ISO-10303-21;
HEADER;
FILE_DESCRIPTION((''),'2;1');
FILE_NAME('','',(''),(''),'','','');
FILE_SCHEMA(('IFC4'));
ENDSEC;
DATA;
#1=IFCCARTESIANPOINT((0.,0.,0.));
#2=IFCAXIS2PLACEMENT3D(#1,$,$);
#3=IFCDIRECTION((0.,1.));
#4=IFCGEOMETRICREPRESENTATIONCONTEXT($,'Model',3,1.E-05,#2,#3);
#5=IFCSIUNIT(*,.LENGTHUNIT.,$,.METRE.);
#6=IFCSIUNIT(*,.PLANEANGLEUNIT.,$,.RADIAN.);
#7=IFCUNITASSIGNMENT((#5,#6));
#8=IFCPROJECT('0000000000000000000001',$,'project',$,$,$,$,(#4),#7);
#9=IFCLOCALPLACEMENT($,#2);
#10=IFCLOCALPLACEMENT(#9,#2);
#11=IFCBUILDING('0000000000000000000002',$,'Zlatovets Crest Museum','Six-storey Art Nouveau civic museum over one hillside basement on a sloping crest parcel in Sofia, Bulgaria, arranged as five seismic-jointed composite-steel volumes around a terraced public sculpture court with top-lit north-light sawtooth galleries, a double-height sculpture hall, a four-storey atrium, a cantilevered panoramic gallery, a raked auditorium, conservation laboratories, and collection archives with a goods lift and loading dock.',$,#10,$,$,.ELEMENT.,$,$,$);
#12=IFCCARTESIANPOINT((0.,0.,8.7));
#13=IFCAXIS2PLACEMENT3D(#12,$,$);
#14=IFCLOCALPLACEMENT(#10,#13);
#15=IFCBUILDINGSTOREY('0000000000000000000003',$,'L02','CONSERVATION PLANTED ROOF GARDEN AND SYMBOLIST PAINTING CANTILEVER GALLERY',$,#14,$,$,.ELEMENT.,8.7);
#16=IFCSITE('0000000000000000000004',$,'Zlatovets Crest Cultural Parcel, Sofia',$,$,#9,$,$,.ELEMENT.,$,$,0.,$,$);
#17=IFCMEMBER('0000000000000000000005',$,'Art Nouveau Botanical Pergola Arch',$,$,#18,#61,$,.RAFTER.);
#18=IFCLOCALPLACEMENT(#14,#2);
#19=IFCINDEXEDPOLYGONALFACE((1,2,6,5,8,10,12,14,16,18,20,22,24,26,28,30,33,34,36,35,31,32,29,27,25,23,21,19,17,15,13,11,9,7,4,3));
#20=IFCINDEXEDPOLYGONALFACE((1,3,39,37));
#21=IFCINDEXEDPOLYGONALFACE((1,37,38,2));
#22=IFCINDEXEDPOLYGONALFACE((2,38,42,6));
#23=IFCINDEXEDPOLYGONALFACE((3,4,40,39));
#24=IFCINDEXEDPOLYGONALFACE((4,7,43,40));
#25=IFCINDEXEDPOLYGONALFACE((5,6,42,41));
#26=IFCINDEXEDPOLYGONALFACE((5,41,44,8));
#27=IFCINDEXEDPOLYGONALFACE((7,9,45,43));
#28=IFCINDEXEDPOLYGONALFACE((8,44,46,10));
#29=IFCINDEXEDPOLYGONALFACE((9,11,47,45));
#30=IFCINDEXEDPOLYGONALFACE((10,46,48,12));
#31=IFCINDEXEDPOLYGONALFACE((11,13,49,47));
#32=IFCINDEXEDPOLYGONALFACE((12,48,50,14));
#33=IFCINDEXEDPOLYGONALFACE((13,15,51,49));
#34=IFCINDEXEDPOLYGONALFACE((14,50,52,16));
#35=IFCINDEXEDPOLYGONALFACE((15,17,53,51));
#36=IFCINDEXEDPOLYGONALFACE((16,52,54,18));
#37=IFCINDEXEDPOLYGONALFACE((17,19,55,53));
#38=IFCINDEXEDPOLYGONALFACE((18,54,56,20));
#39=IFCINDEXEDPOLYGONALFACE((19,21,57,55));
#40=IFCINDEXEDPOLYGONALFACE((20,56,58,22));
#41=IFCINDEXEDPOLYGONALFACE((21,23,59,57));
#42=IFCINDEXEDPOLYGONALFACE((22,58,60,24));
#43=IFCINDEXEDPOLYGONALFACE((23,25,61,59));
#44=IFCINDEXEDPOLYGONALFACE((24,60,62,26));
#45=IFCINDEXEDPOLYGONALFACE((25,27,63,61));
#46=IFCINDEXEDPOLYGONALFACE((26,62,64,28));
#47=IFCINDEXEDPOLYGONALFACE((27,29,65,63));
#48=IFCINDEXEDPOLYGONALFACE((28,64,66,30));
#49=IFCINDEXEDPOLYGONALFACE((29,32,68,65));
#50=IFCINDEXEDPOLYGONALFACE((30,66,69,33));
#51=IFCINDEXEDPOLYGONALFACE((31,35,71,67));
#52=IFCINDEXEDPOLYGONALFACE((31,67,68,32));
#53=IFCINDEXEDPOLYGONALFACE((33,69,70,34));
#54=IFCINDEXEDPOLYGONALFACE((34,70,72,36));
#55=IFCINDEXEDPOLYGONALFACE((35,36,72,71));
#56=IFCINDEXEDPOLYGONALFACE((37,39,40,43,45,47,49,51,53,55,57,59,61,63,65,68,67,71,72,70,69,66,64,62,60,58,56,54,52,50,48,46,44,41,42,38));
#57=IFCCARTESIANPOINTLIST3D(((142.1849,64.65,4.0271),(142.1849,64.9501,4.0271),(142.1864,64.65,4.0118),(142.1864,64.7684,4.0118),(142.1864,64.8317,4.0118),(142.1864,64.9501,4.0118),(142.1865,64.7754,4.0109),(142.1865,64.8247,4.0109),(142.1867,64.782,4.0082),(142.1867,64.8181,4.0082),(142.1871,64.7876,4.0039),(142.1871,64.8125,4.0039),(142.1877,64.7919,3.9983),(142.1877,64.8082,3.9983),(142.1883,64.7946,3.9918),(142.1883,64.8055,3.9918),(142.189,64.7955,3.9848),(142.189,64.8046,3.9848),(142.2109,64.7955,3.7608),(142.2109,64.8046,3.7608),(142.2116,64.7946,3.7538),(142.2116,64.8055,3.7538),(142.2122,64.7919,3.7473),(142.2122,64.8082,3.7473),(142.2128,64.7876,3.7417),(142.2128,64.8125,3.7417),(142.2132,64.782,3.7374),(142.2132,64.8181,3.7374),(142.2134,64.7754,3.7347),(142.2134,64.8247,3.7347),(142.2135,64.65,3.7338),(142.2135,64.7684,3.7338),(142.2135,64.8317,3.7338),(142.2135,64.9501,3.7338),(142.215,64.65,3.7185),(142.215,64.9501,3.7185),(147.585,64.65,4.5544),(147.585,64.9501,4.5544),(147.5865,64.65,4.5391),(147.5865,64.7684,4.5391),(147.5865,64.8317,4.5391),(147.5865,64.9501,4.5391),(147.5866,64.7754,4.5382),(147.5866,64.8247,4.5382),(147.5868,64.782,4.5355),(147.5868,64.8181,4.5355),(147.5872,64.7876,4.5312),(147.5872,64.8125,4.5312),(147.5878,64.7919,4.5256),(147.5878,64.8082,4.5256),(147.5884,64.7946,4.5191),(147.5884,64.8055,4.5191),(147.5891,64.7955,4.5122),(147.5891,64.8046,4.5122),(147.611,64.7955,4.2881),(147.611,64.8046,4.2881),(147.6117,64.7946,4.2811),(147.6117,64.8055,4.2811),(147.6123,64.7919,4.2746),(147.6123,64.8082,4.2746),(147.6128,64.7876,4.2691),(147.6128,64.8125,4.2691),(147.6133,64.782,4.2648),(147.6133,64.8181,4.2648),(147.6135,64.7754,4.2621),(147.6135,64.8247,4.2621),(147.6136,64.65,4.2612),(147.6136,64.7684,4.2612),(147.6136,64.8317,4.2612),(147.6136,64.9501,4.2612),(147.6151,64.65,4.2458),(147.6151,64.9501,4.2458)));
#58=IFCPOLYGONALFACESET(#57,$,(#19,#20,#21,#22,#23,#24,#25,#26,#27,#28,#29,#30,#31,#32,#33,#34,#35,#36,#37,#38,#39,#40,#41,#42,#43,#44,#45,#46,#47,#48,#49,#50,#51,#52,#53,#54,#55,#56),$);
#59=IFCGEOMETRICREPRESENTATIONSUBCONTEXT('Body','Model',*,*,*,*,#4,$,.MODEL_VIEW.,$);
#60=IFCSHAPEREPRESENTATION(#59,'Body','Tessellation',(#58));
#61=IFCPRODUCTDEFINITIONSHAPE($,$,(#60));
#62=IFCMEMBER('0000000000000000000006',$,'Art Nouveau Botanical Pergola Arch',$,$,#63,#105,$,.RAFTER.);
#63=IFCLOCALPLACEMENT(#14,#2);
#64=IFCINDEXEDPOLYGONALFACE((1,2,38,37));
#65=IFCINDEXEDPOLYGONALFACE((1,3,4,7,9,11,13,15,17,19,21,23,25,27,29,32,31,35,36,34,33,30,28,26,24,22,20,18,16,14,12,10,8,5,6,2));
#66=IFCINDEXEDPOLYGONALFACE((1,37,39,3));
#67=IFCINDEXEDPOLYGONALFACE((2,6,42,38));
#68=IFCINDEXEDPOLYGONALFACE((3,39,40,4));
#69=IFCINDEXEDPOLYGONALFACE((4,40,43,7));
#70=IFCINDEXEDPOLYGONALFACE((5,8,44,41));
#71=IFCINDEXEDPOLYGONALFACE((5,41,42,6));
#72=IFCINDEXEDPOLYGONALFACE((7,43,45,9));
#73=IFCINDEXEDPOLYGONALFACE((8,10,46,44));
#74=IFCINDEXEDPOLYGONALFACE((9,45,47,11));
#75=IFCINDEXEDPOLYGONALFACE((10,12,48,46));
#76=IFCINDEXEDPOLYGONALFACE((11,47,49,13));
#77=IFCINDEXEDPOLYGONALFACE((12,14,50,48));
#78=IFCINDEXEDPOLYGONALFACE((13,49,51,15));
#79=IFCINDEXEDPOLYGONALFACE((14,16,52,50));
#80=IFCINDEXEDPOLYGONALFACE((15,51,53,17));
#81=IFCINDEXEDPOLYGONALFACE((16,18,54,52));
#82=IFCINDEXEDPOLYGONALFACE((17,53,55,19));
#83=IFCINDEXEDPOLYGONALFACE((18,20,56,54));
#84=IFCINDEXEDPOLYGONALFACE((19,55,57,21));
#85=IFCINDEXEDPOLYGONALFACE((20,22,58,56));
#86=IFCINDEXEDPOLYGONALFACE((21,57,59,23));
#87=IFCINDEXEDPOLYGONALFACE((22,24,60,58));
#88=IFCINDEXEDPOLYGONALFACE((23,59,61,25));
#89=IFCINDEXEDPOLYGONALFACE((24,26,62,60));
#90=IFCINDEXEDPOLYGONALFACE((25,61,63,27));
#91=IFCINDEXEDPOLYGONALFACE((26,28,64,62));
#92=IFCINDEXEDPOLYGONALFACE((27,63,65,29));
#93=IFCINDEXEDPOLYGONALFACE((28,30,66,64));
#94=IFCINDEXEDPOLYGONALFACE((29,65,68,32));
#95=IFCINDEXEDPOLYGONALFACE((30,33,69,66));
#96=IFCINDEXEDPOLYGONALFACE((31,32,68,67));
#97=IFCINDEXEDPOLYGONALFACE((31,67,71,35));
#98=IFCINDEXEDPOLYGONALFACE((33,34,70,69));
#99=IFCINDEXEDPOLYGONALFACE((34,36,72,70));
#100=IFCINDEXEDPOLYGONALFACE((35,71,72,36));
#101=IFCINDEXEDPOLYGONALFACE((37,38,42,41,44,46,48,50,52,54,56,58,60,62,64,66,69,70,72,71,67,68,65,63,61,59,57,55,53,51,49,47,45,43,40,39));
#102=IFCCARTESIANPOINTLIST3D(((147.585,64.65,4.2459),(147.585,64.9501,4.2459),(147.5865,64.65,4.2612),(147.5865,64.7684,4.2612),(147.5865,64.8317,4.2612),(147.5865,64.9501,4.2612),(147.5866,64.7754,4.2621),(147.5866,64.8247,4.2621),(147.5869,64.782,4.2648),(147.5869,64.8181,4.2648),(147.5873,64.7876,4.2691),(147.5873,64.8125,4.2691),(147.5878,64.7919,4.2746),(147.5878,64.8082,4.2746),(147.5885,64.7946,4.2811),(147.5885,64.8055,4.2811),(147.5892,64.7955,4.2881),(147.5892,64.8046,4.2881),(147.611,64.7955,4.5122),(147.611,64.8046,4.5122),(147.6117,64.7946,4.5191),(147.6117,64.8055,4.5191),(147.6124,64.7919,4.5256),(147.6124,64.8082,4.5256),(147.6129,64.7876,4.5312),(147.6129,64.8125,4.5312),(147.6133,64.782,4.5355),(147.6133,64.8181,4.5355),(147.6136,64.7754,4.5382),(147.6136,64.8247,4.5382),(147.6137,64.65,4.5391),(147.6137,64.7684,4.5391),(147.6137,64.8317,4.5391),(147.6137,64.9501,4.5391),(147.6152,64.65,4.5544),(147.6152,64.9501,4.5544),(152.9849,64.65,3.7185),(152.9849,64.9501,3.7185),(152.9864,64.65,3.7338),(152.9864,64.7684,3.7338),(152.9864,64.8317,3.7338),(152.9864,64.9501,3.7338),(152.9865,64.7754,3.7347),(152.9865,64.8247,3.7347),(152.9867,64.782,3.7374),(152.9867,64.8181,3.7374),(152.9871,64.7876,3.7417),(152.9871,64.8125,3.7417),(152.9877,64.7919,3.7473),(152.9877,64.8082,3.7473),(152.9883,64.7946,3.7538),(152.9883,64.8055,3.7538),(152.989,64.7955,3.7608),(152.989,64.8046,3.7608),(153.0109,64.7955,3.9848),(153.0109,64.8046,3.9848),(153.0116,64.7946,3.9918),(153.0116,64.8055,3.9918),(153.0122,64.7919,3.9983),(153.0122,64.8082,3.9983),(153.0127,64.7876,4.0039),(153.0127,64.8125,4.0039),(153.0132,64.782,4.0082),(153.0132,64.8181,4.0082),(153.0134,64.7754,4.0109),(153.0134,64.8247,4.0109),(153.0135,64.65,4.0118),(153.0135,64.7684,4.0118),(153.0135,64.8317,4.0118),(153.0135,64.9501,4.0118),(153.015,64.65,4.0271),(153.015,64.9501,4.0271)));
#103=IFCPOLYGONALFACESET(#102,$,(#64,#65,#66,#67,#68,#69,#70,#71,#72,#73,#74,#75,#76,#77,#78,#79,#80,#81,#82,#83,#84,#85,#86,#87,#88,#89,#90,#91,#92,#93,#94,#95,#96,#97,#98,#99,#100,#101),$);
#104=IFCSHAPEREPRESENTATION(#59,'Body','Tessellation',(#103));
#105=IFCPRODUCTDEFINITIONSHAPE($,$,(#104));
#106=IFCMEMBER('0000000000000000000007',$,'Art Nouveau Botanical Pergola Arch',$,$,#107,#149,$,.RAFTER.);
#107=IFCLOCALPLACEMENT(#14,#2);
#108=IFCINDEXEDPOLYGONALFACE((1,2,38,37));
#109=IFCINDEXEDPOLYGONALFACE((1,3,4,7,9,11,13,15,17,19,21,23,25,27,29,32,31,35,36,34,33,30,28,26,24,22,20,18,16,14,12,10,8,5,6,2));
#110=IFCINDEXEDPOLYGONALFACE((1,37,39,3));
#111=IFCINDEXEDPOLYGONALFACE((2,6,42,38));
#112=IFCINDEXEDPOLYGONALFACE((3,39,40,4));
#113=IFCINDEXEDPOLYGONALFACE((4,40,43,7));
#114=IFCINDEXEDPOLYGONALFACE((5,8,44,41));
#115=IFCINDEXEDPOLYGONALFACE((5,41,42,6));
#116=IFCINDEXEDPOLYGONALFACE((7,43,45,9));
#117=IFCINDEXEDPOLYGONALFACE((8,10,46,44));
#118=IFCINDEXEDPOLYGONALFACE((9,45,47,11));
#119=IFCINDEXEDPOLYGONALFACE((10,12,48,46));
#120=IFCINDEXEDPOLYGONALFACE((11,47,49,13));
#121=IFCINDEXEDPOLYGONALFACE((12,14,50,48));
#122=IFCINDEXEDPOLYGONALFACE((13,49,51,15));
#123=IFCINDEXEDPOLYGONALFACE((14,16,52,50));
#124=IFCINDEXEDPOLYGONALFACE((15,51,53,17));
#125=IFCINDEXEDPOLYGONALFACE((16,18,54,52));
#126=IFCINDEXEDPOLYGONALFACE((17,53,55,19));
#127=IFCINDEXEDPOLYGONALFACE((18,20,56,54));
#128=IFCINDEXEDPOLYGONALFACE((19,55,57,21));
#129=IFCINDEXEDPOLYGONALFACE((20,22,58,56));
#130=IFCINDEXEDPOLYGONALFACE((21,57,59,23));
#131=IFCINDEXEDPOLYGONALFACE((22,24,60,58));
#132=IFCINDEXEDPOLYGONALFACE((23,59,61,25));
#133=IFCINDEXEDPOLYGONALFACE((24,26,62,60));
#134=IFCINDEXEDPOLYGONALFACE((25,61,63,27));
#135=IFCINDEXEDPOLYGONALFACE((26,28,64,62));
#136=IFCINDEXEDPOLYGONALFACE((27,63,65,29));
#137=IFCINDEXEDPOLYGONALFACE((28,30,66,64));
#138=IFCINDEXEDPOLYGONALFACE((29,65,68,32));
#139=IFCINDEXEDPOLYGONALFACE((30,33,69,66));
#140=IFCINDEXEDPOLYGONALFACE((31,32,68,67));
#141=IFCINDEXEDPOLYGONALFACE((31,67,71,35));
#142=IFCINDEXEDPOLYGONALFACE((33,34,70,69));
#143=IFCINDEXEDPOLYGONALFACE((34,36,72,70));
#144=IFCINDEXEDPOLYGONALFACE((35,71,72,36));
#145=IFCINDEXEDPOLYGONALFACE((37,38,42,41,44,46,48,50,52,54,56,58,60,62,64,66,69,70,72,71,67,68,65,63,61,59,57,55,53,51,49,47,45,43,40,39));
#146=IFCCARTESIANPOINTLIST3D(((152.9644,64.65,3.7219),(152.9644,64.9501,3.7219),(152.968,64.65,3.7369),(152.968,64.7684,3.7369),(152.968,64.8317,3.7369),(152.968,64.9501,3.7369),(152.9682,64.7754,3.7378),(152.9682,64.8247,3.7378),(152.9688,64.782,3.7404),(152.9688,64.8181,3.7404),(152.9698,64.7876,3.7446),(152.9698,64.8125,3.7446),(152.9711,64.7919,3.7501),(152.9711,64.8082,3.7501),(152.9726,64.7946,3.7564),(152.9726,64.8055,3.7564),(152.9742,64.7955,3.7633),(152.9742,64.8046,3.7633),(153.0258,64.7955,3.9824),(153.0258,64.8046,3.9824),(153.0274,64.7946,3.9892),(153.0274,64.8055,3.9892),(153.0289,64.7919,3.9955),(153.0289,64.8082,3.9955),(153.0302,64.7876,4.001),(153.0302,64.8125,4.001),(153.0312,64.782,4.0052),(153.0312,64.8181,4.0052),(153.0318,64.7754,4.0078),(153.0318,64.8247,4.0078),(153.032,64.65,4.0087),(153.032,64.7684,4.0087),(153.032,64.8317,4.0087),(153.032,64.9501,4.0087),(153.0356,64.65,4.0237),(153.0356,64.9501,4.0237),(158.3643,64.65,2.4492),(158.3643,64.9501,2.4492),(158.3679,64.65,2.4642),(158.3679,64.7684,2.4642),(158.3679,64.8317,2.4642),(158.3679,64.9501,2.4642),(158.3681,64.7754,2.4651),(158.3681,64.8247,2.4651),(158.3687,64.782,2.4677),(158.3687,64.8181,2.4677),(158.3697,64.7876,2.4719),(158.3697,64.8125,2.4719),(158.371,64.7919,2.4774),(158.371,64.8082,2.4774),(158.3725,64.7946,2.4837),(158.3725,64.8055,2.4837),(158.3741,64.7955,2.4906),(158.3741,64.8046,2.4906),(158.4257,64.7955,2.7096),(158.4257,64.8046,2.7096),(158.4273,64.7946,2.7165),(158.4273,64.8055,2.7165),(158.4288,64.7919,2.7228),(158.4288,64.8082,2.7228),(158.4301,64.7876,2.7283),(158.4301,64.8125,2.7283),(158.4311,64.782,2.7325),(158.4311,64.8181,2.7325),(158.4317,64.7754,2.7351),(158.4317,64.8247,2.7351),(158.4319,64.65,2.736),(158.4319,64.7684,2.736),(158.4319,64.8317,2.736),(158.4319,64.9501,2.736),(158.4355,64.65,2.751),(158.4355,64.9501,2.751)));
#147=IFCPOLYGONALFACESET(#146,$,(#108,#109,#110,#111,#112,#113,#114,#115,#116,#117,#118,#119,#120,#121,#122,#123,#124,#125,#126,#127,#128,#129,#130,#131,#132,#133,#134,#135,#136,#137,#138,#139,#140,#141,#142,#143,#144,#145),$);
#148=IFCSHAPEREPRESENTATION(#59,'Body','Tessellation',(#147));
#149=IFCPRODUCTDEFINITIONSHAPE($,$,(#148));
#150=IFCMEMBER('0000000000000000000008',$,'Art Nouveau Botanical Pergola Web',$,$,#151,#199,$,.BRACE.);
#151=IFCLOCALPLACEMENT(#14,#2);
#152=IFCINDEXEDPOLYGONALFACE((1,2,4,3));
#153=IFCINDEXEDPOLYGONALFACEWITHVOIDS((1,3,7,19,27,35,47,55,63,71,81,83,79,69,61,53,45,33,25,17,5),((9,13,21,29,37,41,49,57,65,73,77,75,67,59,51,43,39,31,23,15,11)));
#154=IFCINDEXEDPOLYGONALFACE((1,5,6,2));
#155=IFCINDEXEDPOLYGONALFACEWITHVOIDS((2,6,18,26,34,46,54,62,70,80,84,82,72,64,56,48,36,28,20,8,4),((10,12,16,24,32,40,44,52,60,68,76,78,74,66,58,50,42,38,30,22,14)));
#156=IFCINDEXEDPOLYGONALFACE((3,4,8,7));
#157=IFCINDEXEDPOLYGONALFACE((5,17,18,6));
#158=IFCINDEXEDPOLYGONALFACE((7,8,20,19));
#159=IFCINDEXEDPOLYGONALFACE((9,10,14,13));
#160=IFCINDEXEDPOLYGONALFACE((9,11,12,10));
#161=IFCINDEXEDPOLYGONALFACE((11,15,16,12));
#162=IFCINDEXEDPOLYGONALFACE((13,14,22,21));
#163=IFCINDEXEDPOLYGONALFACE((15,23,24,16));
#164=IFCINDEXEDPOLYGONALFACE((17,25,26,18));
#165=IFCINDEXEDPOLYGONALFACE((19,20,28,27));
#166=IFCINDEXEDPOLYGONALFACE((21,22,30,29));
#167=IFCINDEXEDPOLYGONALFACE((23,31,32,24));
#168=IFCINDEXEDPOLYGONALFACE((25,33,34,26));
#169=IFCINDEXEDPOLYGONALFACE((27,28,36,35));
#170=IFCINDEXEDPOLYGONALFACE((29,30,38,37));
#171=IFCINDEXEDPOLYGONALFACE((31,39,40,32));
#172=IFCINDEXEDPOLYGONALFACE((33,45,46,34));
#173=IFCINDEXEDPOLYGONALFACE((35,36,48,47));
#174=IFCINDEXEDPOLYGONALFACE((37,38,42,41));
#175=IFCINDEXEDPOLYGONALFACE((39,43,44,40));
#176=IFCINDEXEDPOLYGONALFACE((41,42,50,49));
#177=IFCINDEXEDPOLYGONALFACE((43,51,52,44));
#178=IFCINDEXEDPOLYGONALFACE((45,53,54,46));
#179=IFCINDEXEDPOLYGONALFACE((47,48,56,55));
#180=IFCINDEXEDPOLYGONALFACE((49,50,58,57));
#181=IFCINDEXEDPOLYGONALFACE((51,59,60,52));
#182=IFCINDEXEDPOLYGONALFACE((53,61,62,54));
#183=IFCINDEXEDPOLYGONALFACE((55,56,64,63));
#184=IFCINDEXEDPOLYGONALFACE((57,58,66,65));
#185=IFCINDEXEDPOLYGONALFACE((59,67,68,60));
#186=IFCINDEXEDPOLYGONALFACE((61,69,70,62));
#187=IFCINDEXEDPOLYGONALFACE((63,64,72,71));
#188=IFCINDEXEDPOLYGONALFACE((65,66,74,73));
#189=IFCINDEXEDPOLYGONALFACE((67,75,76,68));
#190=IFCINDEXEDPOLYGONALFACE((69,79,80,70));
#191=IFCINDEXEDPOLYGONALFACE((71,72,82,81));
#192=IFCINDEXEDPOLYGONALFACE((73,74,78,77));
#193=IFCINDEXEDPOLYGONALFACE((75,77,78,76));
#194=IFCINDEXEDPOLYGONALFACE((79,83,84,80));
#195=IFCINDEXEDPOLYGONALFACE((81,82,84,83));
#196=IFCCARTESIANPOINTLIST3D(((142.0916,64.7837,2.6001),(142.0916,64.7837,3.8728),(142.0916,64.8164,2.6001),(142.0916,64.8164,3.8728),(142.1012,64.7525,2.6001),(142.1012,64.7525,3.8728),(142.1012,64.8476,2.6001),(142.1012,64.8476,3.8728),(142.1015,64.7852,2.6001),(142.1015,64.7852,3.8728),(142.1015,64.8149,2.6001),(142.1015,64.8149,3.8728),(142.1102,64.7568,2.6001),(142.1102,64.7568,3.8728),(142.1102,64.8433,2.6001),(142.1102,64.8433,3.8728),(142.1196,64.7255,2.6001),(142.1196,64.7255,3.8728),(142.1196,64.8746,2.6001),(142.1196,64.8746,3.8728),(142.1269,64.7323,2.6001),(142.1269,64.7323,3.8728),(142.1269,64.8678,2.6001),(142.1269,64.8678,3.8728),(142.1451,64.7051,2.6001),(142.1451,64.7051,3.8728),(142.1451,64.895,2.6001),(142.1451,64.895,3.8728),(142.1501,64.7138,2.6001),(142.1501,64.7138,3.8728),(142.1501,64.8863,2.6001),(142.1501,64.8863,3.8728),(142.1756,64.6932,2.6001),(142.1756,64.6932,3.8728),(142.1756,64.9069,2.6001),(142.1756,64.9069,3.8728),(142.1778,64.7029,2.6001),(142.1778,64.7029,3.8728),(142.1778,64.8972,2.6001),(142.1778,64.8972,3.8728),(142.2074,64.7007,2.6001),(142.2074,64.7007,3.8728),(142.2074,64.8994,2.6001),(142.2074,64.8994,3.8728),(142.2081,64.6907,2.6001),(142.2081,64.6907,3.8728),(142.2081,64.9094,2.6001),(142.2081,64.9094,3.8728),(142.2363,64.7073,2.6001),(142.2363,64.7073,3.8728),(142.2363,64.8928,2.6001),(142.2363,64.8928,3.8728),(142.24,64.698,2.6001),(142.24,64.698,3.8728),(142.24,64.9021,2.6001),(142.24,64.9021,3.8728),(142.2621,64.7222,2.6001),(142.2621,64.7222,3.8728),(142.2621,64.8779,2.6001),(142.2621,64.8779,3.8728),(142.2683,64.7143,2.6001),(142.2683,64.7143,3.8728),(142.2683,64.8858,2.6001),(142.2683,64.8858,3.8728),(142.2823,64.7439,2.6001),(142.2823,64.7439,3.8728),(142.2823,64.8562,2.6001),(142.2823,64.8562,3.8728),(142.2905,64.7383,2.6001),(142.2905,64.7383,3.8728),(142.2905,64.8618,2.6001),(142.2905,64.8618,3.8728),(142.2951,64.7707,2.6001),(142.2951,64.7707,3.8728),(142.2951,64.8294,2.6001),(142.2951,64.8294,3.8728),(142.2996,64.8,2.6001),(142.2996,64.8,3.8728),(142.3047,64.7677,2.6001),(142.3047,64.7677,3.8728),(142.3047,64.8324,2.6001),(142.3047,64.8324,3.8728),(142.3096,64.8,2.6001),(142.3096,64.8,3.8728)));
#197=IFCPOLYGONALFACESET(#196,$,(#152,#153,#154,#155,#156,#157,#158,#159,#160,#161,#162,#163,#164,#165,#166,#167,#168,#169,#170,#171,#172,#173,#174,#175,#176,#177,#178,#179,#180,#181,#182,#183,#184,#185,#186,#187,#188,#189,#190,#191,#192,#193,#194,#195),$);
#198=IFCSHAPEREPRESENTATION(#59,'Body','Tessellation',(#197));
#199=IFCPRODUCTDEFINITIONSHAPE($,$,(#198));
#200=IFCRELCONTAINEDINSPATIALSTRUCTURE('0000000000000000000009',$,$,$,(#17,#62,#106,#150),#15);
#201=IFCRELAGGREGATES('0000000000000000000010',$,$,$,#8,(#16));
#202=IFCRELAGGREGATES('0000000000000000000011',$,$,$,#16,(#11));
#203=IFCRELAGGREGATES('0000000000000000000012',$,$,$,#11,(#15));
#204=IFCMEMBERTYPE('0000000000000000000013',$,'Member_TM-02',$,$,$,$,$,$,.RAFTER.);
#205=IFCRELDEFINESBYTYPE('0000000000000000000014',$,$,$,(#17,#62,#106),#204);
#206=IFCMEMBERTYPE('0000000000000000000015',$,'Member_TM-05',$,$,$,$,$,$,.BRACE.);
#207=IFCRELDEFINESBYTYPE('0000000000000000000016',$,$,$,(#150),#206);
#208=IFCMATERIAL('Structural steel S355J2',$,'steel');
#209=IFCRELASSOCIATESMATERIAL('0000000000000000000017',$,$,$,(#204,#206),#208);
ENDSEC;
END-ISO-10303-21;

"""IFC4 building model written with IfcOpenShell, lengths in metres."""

from ifc_helpers import new_model, si_unit, direction, frame, origin, origin_2d, place, context, subcontext, project, spatial, hollow_circle, i_section, extrude, material, material_profile, profile_set, type_object, element, save


model = new_model("IFC4")

# Units and contexts
model_context = context("Model", 3, precision=1e-05, world=origin(), true_north=direction((0.0, 1.0)))
body_context = subcontext(model_context, "Body", "Model", "MODEL_VIEW")
ifc_project = project(units=[si_unit("LENGTHUNIT", "METRE"), si_unit("PLANEANGLEUNIT", "RADIAN")], contexts=[model_context])

# Site, building, storey
site_placement = place(None, origin())
site = spatial("IfcSite", under=ifc_project, at=site_placement, Name="Zlatovets Crest Cultural Parcel, Sofia", CompositionType="ELEMENT", RefElevation=0.0)
building_placement = place(site_placement, origin())
building = spatial("IfcBuilding", under=site, at=building_placement, Name="Zlatovets Crest Museum", Description="Six-storey Art Nouveau civic museum over one hillside basement on a sloping crest parcel in Sofia, Bulgaria, arranged as five seismic-jointed composite-steel volumes around a terraced public sculpture court with top-lit north-light sawtooth galleries, a double-height sculpture hall, a four-storey atrium, a cantilevered panoramic gallery, a raked auditorium, conservation laboratories, and collection archives with a goods lift and loading dock.", CompositionType="ELEMENT")
storey_placement = place(building_placement, frame((0.0, 0.0, 8.7)))
storey = spatial("IfcBuildingStorey", under=building, at=storey_placement, Name="L02", Description="CONSERVATION PLANTED ROOF GARDEN AND SYMBOLIST PAINTING CANTILEVER GALLERY", CompositionType="ELEMENT", Elevation=8.7)

# Shared definitions
ifc_material_1 = material(Name="Structural steel S355J2", Category="steel")

# Members
ifc_material_profile_1 = material_profile(ifc_material_1, i_section(OverallWidth=0.3, OverallDepth=0.3101, WebThickness=0.009, FlangeThickness=0.0154, FilletRadius=0.0271, at=origin_2d()), Name="HEA 320")
ifc_profile_set_1 = profile_set([ifc_material_profile_1], Name="Structural steel S355J2")
member_type_1 = type_object("IfcMemberType", Name="Member_TM-02", PredefinedType="RAFTER", material=ifc_profile_set_1)
member_1_placement = place(storey_placement, frame((142.2, 64.8, 3.8728), z_axis=(0.995266, 0.0, 0.097191), x_axis=(0.0, 1.0, 0.0)))
element("IfcMember", 1, at=member_1_placement, inside=storey, type_object=member_type_1, Name="Art Nouveau Botanical Pergola Arch", PredefinedType="RAFTER", context=body_context, shape_type="SweptSolid", body=[
    extrude(i_section(OverallWidth=0.3, OverallDepth=0.3101, WebThickness=0.009, FlangeThickness=0.0154, FilletRadius=0.0271, at=origin_2d()), origin(), (0.0, 0.0, 1.0), 5.4258),
])
member_2_placement = place(storey_placement, frame((147.6001, 64.8, 4.4001), z_axis=(0.995265, 0.0, -0.097196), x_axis=(0.0, 1.0, 0.0)))
element("IfcMember", 2, at=member_2_placement, inside=storey, type_object=member_type_1, Name="Art Nouveau Botanical Pergola Arch", PredefinedType="RAFTER", context=body_context, shape_type="SweptSolid", body=[
    extrude(i_section(OverallWidth=0.3, OverallDepth=0.3101, WebThickness=0.009, FlangeThickness=0.0154, FilletRadius=0.0271, at=origin_2d()), origin(), (0.0, 0.0, 1.0), 5.4255),
])
member_3_placement = place(storey_placement, frame((153.0, 64.8, 3.8728), z_axis=(0.973331, 0.0, -0.229405), x_axis=(0.0, 1.0, 0.0)))
element("IfcMember", 3, at=member_3_placement, inside=storey, type_object=member_type_1, Name="Art Nouveau Botanical Pergola Arch", PredefinedType="RAFTER", context=body_context, shape_type="SweptSolid", body=[
    extrude(i_section(OverallWidth=0.3, OverallDepth=0.3101, WebThickness=0.009, FlangeThickness=0.0154, FilletRadius=0.0271, at=origin_2d()), origin(), (0.0, 0.0, 1.0), 5.5479),
])
ifc_material_profile_2 = material_profile(ifc_material_1, hollow_circle(Radius=0.1096, WallThickness=0.01, at=origin_2d()), Name="CHS 219.1x10.0")
ifc_profile_set_2 = profile_set([ifc_material_profile_2], Name="Structural steel S355J2")
member_type_2 = type_object("IfcMemberType", Name="Member_TM-05", PredefinedType="BRACE", material=ifc_profile_set_2)
member_4_placement = place(storey_placement, frame((142.2, 64.8, 2.6001), z_axis=(0.0, 0.0, 1.0), x_axis=(1.0, 0.0, 0.0)))
element("IfcMember", 4, at=member_4_placement, inside=storey, type_object=member_type_2, Name="Art Nouveau Botanical Pergola Web", PredefinedType="BRACE", context=body_context, shape_type="SweptSolid", body=[
    extrude(hollow_circle(Radius=0.1096, WallThickness=0.01, at=origin_2d()), origin(), (0.0, 0.0, 1.0), 1.2727),
])

save(model, "model.ifc")
